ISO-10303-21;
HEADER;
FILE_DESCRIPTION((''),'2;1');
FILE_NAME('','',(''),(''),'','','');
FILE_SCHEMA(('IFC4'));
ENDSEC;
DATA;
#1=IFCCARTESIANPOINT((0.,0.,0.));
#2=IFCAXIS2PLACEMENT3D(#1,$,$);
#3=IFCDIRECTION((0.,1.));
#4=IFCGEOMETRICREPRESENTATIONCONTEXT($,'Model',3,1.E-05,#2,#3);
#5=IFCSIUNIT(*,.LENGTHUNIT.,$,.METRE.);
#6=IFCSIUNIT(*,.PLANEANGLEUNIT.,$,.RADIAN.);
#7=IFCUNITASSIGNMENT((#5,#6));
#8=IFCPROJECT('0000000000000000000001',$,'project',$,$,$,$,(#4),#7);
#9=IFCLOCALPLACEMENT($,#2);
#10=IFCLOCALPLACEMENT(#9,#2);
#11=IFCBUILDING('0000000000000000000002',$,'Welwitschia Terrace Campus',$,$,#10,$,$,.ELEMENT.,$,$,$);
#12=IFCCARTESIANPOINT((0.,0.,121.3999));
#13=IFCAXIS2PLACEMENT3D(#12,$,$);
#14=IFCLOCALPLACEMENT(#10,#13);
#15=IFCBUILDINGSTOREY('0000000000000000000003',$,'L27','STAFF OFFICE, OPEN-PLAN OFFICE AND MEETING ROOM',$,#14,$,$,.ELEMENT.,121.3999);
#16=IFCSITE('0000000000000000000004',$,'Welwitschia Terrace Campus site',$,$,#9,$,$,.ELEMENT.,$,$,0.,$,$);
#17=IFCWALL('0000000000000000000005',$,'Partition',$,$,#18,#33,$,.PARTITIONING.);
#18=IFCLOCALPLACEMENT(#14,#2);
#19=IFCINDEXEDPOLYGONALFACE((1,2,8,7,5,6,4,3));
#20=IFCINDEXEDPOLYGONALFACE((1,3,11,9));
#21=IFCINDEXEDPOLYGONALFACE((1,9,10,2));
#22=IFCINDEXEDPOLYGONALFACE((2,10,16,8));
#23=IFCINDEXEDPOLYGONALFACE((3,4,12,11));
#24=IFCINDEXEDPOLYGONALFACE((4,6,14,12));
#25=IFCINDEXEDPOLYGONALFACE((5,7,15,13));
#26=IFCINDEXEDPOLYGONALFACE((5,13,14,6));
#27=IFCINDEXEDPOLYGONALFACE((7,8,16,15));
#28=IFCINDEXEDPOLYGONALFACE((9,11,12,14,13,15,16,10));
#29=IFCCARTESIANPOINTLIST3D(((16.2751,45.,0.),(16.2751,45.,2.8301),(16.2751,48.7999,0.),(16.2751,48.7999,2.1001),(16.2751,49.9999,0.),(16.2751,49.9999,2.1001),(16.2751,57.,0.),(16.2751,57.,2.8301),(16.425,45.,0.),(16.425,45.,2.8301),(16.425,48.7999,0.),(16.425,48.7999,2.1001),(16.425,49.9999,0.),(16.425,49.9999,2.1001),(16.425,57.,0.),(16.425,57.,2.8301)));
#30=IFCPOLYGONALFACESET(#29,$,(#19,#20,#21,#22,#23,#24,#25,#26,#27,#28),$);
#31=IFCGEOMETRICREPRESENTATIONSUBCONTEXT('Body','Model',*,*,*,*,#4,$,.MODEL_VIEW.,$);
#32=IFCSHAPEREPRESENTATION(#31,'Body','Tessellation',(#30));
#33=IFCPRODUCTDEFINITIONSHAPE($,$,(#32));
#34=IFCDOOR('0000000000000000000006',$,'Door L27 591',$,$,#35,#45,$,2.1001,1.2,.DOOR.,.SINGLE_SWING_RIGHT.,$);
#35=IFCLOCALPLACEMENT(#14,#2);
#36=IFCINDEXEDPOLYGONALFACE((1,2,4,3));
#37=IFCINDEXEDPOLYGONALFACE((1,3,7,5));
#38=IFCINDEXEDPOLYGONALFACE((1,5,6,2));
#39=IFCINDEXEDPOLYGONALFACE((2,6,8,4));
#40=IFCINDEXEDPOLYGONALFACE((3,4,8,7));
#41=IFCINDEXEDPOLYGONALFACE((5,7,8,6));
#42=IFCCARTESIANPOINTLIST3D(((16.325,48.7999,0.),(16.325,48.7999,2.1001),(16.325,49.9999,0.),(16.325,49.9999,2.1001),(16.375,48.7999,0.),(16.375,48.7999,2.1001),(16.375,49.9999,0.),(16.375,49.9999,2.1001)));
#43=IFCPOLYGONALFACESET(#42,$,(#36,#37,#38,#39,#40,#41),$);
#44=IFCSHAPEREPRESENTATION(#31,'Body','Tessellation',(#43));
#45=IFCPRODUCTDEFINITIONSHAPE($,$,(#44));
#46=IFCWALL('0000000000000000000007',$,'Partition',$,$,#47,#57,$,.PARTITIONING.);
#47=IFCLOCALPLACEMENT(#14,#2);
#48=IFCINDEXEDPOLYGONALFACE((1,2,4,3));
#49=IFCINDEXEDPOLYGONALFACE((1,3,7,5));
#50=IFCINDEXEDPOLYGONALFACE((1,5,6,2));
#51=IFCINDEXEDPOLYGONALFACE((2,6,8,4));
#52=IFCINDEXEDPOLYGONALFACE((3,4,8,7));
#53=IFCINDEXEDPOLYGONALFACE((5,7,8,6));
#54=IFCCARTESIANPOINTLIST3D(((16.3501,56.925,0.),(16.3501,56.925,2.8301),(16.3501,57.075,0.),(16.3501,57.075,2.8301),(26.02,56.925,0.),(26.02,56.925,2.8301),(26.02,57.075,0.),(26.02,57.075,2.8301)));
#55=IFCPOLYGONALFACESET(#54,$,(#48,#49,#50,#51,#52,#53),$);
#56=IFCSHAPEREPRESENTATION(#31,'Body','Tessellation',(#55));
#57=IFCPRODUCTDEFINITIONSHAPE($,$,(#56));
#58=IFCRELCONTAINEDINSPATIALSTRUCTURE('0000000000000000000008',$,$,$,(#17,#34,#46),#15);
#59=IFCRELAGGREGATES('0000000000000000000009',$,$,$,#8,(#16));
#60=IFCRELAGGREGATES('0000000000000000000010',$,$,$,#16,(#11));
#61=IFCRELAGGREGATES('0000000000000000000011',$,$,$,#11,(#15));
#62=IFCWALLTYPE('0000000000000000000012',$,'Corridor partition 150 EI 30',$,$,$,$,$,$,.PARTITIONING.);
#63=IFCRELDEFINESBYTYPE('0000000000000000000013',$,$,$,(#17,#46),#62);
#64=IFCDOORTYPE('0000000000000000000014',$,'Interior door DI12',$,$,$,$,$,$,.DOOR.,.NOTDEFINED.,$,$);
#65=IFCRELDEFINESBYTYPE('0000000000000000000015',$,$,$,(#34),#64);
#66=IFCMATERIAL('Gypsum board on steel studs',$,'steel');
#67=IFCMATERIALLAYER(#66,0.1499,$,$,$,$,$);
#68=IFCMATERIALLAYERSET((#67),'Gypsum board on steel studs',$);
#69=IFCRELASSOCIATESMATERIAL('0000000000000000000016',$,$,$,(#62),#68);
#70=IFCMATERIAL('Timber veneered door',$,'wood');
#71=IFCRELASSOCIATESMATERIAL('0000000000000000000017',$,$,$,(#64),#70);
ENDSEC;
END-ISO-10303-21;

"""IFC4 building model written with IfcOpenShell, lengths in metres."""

from ifc_helpers import new_model, si_unit, direction, frame, frame_2d, origin, place, context, subcontext, project, spatial, rectangle, extrude, material, layer, layer_set, type_object, element, fill, save


model = new_model("IFC4")

# Units and contexts
model_context = context("Model", 3, precision=1e-05, world=origin(), true_north=direction((0.0, 1.0)))
body_context = subcontext(model_context, "Body", "Model", "MODEL_VIEW")
ifc_project = project(units=[si_unit("LENGTHUNIT", "METRE"), si_unit("PLANEANGLEUNIT", "RADIAN")], contexts=[model_context])

# Site, building, storey
site_placement = place(None, origin())
site = spatial("IfcSite", under=ifc_project, at=site_placement, Name="Welwitschia Terrace Campus site", CompositionType="ELEMENT", RefElevation=0.0)
building_placement = place(site_placement, origin())
building = spatial("IfcBuilding", under=site, at=building_placement, Name="Welwitschia Terrace Campus", CompositionType="ELEMENT")
storey_placement = place(building_placement, frame((0.0, 0.0, 121.3999)))
storey = spatial("IfcBuildingStorey", under=building, at=storey_placement, Name="L27", Description="STAFF OFFICE, OPEN-PLAN OFFICE AND MEETING ROOM", CompositionType="ELEMENT", Elevation=121.3999)

# Shared definitions
ifc_material_1 = material(Name="Gypsum board on steel studs", Category="steel")
ifc_layer_1 = layer(ifc_material_1, 0.1499)
ifc_layer_set_1 = layer_set([ifc_layer_1], Name="Gypsum board on steel studs")
wall_type = type_object("IfcWallType", Name="Corridor partition 150 EI 30", PredefinedType="PARTITIONING", material=ifc_layer_set_1)

# Wall, opening, door
wall_1_placement = place(storey_placement, frame((16.3501, 57.0, 0.0), z_axis=(0.0, 0.0, 1.0), x_axis=(0.0, -1.0, 0.0)))
wall_1 = element("IfcWall", 1, at=wall_1_placement, inside=storey, type_object=wall_type, Name="Partition", PredefinedType="PARTITIONING", context=body_context, shape_type="SweptSolid", body=[
    extrude(rectangle(XDim=12.0, YDim=0.1499, at=frame_2d((6.0, 0.0))), origin(), (0.0, 0.0, 1.0), 2.8301),
])
opening_1_placement = place(wall_1_placement, frame((7.0, 0.0, 0.0)))
opening_1 = element("IfcOpeningElement", 2, at=opening_1_placement, cuts=wall_1, PredefinedType="OPENING", context=body_context, shape_type="SweptSolid", body=[
    extrude(rectangle(XDim=1.2, YDim=2.1001, at=frame_2d((0.6001, 1.05))), frame((0.0, 0.085, 0.0), z_axis=(0.0, -1.0, 0.0), x_axis=(1.0, 0.0, 0.0)), (0.0, 0.0, 1.0), 0.1699),
])
ifc_material_2 = material(Name="Timber veneered door", Category="wood")
door_type_1 = type_object("IfcDoorType", Name="Interior door DI12", OperationType="NOTDEFINED", PredefinedType="DOOR", material=ifc_material_2)
door_1_placement = place(opening_1_placement, origin())
door_1 = element("IfcDoor", 3, at=door_1_placement, inside=storey, type_object=door_type_1, Name="Door L27 591", OperationType="SINGLE_SWING_RIGHT", OverallHeight=2.1001, OverallWidth=1.2, PredefinedType="DOOR", context=body_context, shape_type="SweptSolid", body=[
    extrude(rectangle(XDim=1.2, YDim=2.1001, at=frame_2d((0.6001, 1.05))), frame((0.0, 0.0249, 0.0), z_axis=(0.0, -1.0, 0.0), x_axis=(1.0, 0.0, 0.0)), (0.0, 0.0, 1.0), 0.05),
])
fill(opening_1, door_1)

# Wall
wall_2_placement = place(storey_placement, frame((16.3501, 57.0, 0.0), z_axis=(0.0, 0.0, 1.0), x_axis=(1.0, 0.0, 0.0)))
element("IfcWall", 4, at=wall_2_placement, inside=storey, type_object=wall_type, Name="Partition", PredefinedType="PARTITIONING", context=body_context, shape_type="SweptSolid", body=[
    extrude(rectangle(XDim=9.6699, YDim=0.1499, at=frame_2d((4.835, 0.0))), origin(), (0.0, 0.0, 1.0), 2.8301),
])

save(model, "model.ifc")
